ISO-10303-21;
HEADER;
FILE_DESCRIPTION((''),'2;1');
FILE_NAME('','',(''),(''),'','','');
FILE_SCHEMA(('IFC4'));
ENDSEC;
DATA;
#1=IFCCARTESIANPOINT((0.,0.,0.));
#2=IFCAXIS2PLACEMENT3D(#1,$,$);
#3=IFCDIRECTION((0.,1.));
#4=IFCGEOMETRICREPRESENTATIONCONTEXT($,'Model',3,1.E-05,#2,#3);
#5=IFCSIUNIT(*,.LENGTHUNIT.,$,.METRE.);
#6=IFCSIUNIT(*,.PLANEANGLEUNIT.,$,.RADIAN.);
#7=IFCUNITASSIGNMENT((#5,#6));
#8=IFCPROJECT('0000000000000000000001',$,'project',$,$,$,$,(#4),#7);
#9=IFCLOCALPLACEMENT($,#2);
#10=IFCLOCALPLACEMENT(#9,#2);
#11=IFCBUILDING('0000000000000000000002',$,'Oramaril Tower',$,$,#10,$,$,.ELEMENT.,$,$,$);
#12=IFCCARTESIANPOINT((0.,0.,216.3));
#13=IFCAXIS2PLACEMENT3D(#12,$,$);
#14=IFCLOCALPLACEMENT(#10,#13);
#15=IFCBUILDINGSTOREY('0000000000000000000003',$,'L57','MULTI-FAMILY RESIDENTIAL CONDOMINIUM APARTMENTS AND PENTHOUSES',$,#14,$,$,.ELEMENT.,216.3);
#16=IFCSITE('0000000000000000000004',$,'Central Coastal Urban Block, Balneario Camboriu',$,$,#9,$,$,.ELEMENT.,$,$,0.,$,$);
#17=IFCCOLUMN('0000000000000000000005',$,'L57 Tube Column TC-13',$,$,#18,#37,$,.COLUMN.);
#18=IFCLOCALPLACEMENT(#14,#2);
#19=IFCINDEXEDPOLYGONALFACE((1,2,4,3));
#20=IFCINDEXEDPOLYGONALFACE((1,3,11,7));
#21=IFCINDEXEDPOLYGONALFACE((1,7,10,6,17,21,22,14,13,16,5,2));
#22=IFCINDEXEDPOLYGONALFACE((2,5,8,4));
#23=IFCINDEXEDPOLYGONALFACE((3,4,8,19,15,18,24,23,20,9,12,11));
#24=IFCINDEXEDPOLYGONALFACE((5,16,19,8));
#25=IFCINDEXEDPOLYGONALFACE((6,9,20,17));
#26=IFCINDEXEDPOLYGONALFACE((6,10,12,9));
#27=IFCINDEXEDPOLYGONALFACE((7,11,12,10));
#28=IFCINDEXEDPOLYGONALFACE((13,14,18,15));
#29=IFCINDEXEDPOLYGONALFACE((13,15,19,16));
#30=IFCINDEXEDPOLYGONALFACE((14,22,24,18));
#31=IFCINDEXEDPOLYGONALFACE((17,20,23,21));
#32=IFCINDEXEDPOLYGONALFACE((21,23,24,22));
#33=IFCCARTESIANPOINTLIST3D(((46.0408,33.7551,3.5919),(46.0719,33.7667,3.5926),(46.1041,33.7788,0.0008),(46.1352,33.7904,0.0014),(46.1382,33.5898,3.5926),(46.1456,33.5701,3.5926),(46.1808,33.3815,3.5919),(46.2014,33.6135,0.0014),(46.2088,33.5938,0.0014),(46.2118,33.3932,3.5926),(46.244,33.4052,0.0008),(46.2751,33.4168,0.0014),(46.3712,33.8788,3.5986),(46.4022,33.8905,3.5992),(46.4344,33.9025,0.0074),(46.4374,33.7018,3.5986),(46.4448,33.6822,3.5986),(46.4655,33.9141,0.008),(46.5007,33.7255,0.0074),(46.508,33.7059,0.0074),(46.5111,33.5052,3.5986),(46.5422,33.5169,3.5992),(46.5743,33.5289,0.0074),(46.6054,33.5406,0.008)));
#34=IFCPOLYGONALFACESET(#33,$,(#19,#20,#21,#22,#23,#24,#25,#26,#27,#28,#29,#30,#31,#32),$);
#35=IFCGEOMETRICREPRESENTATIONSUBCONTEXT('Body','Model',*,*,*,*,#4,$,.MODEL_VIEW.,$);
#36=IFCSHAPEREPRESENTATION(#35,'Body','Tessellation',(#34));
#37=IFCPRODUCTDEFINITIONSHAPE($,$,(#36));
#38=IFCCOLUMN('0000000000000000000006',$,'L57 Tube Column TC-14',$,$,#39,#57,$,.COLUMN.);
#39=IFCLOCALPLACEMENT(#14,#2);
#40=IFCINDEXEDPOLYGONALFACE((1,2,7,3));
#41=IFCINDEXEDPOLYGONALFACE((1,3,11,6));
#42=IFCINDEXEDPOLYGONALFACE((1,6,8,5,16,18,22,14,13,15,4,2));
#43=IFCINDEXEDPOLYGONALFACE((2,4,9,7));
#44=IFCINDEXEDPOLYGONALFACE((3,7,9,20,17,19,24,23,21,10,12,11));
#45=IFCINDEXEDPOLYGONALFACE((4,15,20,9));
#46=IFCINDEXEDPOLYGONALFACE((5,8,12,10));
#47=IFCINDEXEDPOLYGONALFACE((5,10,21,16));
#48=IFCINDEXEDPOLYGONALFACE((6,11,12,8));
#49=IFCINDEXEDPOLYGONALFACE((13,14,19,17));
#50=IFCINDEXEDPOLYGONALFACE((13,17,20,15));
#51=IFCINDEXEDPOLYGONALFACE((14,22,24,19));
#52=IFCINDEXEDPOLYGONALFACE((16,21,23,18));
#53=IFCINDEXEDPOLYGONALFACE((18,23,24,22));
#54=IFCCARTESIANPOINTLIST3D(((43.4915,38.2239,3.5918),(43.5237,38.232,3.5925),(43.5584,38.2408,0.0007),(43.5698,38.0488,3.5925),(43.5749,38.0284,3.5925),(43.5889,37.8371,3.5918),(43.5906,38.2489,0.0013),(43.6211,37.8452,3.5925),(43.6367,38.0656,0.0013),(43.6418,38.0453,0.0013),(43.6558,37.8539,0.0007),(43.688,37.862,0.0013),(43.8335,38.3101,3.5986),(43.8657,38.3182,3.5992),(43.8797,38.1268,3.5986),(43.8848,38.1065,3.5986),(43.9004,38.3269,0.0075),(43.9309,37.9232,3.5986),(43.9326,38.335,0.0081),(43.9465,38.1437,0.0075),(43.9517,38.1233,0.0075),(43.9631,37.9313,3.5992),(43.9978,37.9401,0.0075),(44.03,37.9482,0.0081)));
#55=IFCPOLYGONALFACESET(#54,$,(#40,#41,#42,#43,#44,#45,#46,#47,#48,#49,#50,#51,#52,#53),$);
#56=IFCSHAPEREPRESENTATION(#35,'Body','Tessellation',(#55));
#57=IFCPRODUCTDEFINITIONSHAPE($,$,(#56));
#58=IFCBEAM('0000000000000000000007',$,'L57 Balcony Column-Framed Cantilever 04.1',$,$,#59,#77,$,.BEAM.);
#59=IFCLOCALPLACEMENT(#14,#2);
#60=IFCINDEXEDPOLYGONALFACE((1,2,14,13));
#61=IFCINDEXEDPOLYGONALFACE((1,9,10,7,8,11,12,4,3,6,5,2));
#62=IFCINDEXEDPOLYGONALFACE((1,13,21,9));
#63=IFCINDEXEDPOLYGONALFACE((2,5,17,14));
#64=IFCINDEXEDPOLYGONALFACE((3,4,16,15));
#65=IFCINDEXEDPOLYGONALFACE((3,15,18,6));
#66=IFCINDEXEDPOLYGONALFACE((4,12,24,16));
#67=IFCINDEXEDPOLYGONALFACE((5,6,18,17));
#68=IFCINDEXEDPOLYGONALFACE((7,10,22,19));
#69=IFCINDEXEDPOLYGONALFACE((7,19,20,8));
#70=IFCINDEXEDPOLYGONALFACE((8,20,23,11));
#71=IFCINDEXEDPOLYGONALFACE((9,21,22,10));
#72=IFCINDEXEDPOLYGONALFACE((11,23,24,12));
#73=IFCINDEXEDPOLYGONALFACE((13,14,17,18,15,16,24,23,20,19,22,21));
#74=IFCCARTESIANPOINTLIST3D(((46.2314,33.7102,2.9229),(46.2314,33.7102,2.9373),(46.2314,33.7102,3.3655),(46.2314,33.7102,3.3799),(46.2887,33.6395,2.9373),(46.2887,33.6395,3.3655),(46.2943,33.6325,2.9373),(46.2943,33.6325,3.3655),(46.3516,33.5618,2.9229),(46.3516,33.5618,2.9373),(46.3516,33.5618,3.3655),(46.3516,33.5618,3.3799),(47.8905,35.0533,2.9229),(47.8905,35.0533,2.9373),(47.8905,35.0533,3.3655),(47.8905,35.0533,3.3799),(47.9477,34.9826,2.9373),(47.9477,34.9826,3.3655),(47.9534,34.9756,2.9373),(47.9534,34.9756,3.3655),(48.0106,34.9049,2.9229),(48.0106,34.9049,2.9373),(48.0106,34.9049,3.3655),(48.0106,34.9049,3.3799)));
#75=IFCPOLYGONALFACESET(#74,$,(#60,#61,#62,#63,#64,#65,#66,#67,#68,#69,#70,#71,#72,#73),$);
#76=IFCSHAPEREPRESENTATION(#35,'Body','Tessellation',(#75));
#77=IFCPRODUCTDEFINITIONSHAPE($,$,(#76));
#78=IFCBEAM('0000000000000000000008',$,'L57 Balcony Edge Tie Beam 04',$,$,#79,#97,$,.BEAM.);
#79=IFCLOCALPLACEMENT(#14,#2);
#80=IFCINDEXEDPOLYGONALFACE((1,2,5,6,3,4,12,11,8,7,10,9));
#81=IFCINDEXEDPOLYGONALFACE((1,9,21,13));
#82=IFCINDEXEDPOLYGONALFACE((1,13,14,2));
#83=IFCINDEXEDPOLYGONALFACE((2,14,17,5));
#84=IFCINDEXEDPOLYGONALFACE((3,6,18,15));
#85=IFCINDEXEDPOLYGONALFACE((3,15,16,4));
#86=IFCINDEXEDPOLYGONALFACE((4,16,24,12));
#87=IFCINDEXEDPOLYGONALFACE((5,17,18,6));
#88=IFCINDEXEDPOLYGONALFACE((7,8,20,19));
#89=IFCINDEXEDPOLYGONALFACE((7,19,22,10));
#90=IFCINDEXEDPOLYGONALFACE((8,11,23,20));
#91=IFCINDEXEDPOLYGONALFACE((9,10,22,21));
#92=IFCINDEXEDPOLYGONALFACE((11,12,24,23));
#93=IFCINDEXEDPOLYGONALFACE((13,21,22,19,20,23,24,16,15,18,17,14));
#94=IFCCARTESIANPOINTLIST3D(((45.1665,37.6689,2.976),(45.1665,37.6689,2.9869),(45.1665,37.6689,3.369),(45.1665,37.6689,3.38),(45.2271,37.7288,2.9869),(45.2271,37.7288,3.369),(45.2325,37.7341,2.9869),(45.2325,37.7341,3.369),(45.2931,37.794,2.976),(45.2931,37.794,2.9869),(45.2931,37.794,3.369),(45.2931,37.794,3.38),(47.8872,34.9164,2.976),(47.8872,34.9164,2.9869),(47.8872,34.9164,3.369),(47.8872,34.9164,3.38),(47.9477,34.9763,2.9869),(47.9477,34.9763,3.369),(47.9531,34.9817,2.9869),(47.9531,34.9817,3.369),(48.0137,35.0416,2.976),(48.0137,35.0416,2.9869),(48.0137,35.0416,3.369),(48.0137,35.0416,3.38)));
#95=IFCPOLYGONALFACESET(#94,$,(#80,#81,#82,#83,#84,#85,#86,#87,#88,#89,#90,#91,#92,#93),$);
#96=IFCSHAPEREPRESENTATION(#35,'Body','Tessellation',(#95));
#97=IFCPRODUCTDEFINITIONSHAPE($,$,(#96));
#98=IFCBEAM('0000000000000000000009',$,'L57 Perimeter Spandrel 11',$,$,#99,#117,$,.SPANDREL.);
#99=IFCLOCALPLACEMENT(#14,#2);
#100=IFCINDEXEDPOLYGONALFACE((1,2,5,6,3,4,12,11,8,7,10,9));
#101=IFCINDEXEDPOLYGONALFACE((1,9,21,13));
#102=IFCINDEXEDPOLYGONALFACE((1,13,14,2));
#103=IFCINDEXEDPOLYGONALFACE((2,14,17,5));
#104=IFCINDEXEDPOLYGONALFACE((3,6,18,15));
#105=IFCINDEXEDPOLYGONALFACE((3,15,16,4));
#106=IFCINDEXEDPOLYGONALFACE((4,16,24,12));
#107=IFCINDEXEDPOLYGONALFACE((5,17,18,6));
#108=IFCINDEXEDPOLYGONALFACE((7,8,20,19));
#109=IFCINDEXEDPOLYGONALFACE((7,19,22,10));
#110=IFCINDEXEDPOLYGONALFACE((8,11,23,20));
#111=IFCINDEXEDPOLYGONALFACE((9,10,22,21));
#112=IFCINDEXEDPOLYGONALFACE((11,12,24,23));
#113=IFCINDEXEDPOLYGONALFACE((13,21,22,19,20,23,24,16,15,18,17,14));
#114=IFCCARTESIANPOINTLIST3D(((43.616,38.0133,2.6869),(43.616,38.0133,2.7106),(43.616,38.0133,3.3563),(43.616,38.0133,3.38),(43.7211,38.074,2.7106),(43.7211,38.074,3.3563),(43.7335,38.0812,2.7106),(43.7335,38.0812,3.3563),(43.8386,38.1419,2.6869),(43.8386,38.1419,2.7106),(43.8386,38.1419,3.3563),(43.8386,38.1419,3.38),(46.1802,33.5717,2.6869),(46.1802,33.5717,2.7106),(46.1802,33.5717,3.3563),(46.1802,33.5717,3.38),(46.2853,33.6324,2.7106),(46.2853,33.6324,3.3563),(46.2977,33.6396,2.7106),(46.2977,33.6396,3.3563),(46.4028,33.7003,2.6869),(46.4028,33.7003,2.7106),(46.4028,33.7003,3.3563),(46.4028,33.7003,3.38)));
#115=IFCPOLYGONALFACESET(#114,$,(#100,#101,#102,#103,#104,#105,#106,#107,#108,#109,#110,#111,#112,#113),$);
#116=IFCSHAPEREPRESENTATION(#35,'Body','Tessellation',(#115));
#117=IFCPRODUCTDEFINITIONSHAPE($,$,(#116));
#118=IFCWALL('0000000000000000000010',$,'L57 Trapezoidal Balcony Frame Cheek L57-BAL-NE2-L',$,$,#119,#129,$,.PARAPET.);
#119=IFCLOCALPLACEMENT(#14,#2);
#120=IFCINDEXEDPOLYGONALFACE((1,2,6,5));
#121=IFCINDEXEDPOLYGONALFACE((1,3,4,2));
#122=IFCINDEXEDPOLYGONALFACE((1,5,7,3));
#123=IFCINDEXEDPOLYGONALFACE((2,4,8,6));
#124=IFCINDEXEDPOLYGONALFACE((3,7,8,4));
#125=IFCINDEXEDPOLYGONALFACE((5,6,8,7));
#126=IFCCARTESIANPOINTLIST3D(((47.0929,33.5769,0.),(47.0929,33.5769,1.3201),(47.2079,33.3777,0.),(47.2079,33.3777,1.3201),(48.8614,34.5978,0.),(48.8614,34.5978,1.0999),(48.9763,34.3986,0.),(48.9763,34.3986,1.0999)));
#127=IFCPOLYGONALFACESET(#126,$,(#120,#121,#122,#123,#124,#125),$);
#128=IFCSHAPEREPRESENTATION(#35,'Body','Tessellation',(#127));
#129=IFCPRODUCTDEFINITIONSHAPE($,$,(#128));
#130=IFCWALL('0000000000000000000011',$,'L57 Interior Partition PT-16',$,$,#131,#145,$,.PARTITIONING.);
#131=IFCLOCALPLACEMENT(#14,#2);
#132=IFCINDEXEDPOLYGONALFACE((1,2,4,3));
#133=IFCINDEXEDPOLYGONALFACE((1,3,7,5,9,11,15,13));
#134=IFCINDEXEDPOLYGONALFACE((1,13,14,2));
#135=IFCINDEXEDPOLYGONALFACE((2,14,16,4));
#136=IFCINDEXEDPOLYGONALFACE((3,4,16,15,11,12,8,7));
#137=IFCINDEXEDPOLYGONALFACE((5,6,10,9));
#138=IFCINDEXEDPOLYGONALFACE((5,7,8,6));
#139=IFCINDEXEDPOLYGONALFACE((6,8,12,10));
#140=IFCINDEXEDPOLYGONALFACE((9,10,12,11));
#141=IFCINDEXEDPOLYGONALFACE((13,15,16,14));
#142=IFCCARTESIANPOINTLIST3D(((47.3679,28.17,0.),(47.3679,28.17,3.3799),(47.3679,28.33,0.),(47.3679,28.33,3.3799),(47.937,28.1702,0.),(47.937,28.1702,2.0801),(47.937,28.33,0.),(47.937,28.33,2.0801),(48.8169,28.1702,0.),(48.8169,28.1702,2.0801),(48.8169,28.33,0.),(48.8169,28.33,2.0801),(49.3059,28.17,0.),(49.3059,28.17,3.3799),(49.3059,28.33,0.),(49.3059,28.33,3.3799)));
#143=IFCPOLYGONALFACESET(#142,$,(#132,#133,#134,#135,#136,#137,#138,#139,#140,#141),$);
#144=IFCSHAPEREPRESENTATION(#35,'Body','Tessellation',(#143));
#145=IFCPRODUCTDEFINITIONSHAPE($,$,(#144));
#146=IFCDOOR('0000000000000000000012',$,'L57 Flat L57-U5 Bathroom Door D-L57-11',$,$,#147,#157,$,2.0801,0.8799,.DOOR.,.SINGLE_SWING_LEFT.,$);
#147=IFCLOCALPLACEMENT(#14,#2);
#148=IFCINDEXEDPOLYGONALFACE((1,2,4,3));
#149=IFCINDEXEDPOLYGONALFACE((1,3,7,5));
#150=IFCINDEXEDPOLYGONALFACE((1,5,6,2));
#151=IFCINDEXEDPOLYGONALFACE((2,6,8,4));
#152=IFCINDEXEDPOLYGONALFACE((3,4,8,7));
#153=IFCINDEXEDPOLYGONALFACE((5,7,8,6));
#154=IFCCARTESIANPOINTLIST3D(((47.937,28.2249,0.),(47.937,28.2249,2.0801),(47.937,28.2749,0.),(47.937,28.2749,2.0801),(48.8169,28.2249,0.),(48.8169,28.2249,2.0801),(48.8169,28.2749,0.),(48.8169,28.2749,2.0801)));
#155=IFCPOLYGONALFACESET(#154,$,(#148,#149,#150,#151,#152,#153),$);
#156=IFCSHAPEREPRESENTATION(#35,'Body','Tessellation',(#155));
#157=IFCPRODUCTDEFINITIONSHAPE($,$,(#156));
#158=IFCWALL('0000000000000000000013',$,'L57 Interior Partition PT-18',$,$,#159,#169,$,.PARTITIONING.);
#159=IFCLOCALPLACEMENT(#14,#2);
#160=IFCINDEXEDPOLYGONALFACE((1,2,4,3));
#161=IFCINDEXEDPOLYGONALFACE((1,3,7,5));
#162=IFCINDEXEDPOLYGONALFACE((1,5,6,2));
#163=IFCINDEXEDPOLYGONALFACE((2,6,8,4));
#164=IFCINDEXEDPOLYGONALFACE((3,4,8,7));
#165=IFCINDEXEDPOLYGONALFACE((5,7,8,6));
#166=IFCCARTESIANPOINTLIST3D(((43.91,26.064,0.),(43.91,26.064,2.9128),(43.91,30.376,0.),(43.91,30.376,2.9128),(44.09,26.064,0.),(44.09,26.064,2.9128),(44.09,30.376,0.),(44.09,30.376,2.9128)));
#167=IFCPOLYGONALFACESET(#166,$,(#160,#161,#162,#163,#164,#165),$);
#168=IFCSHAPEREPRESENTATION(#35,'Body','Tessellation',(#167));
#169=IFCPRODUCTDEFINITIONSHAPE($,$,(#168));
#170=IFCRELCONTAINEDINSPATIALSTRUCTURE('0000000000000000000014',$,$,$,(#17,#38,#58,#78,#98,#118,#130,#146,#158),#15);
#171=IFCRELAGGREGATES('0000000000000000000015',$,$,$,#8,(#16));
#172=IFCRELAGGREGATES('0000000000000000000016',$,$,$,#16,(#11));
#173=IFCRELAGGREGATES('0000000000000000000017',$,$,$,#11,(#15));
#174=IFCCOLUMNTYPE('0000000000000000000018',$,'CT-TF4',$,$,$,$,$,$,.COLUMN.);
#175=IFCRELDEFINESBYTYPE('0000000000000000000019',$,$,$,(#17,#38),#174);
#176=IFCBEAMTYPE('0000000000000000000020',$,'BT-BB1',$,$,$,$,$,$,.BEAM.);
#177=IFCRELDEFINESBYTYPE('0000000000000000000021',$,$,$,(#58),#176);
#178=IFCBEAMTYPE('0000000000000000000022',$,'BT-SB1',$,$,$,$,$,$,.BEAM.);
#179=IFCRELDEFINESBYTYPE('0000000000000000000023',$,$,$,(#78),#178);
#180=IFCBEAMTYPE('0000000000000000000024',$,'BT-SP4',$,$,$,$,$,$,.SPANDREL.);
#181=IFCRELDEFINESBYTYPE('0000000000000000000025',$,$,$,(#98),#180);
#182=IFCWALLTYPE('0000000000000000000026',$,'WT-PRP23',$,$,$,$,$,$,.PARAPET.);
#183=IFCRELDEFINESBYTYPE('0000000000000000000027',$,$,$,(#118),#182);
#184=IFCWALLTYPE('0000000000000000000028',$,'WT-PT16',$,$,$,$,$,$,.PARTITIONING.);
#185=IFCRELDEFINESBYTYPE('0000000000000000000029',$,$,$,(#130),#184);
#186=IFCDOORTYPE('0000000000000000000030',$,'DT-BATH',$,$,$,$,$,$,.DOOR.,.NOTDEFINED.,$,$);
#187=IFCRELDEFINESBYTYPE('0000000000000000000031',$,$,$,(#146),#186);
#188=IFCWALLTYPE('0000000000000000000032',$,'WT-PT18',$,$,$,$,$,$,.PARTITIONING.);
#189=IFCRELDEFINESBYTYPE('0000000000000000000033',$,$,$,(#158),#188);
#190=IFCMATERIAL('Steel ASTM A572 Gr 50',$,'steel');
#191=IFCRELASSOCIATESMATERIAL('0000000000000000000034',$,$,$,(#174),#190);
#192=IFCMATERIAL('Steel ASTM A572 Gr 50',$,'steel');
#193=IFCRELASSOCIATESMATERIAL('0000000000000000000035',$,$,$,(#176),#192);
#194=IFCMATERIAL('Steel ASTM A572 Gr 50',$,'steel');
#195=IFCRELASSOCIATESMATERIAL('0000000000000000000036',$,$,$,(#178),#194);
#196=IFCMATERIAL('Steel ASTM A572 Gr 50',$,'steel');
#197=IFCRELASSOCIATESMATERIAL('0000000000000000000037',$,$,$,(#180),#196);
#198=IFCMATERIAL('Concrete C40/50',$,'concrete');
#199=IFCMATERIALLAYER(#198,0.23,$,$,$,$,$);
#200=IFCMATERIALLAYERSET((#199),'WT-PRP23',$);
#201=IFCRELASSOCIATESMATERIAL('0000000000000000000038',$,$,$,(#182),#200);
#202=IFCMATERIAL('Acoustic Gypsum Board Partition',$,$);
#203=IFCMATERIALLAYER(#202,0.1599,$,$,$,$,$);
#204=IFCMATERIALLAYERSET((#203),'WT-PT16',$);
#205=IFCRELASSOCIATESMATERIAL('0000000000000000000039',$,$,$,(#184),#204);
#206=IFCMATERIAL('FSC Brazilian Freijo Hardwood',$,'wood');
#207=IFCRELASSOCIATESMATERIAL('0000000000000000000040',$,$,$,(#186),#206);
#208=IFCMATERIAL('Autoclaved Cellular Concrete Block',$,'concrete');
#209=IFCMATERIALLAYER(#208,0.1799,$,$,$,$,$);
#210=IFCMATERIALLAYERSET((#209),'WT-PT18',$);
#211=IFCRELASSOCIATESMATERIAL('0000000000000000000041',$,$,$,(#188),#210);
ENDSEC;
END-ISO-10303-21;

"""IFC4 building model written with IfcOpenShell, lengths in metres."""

from ifc_helpers import new_model, si_unit, direction, frame, frame_2d, origin, origin_2d, place, context, subcontext, project, spatial, polyline, rectangle, i_section, outline, extrude, material, layer, layer_set, material_profile, profile_set, type_object, element, fill, save


model = new_model("IFC4")

# Units and contexts
model_context = context("Model", 3, precision=1e-05, world=origin(), true_north=direction((0.0, 1.0)))
body_context = subcontext(model_context, "Body", "Model", "MODEL_VIEW")
ifc_project = project(units=[si_unit("LENGTHUNIT", "METRE"), si_unit("PLANEANGLEUNIT", "RADIAN")], contexts=[model_context])

# Site, building, storey
site_placement = place(None, origin())
site = spatial("IfcSite", under=ifc_project, at=site_placement, Name="Central Coastal Urban Block, Balneario Camboriu", CompositionType="ELEMENT", RefElevation=0.0)
building_placement = place(site_placement, origin())
building = spatial("IfcBuilding", under=site, at=building_placement, Name="Oramaril Tower", CompositionType="ELEMENT")
storey_placement = place(building_placement, frame((0.0, 0.0, 216.3)))
storey = spatial("IfcBuildingStorey", under=building, at=storey_placement, Name="L57", Description="MULTI-FAMILY RESIDENTIAL CONDOMINIUM APARTMENTS AND PENTHOUSES", CompositionType="ELEMENT", Elevation=216.3)

# Columns
ifc_material_1 = material(Name="Steel ASTM A572 Gr 50", Category="steel")
ifc_material_profile_1 = material_profile(ifc_material_1, i_section(OverallWidth=0.3989, OverallDepth=0.386, WebThickness=0.021, FlangeThickness=0.0332, at=origin_2d()), Name="W14X176")
ifc_profile_set_1 = profile_set([ifc_material_profile_1], Name="Steel ASTM A572 Gr 50")
column_type = type_object("IfcColumnType", Name="CT-TF4", PredefinedType="COLUMN", material=ifc_profile_set_1)
for number, where, z_axis, x_axis, name in (
    (1, (46.3547, 33.6597, 0.0044), (-0.017605, -0.006593, 0.999823), (0.350727, -0.936478, 0.0), "L57 Tube Column TC-13"),
    (2, (43.7942, 38.0945, 0.0044), (-0.018625, -0.00469, 0.999816), (0.244201, -0.969725, 0.0), "L57 Tube Column TC-14"),
):
    element("IfcColumn", number, at=place(storey_placement, frame(where, z_axis=z_axis, x_axis=x_axis)), inside=storey, type_object=column_type, Name=name, PredefinedType="COLUMN", context=body_context, shape_type="SweptSolid", body=[
        extrude(i_section(OverallWidth=0.3989, OverallDepth=0.386, WebThickness=0.021, FlangeThickness=0.0332, at=origin_2d()), origin(), (0.0, 0.0, 1.0), 3.5918),
    ])

# Beams
ifc_material_2 = material(Name="Steel ASTM A572 Gr 50", Category="steel")
ifc_material_profile_2 = material_profile(ifc_material_2, i_section(OverallWidth=0.1909, OverallDepth=0.457, WebThickness=0.009, FlangeThickness=0.0144, at=origin_2d()), Name="W18X50")
ifc_profile_set_2 = profile_set([ifc_material_profile_2], Name="Steel ASTM A572 Gr 50")
beam_type_1 = type_object("IfcBeamType", Name="BT-BB1", PredefinedType="BEAM", material=ifc_profile_set_2)
beam_1_placement = place(storey_placement, frame((46.2915, 33.636, 3.1514), z_axis=(0.777229, 0.629218, 0.0), x_axis=(-0.629218, 0.777229, 0.0)))
element("IfcBeam", 3, at=beam_1_placement, inside=storey, type_object=beam_type_1, Name="L57 Balcony Column-Framed Cantilever 04.1", PredefinedType="BEAM", context=body_context, shape_type="SweptSolid", body=[
    extrude(i_section(OverallWidth=0.1909, OverallDepth=0.457, WebThickness=0.009, FlangeThickness=0.0144, at=origin_2d()), origin(), (0.0, 0.0, 1.0), 2.1345),
])
ifc_material_3 = material(Name="Steel ASTM A572 Gr 50", Category="steel")
ifc_material_profile_3 = material_profile(ifc_material_3, i_section(OverallWidth=0.178, OverallDepth=0.4041, WebThickness=0.0076, FlangeThickness=0.011, at=origin_2d()), Name="W16X36")
ifc_profile_set_3 = profile_set([ifc_material_profile_3], Name="Steel ASTM A572 Gr 50")
beam_type_2 = type_object("IfcBeamType", Name="BT-SB1", PredefinedType="BEAM", material=ifc_profile_set_3)
beam_2_placement = place(storey_placement, frame((47.9504, 34.979, 3.178), z_axis=(-0.702995, 0.711195, 0.0), x_axis=(-0.711195, -0.702995, 0.0)))
element("IfcBeam", 4, at=beam_2_placement, inside=storey, type_object=beam_type_2, Name="L57 Balcony Edge Tie Beam 04", PredefinedType="BEAM", context=body_context, shape_type="SweptSolid", body=[
    extrude(i_section(OverallWidth=0.178, OverallDepth=0.4041, WebThickness=0.0076, FlangeThickness=0.011, at=origin_2d()), origin(), (0.0, 0.0, 1.0), 3.8701),
])
ifc_material_4 = material(Name="Steel ASTM A572 Gr 50", Category="steel")
ifc_material_profile_4 = material_profile(ifc_material_4, i_section(OverallWidth=0.2571, OverallDepth=0.6931, WebThickness=0.0144, FlangeThickness=0.0237, at=origin_2d()), Name="W27X114")
ifc_profile_set_4 = profile_set([ifc_material_profile_4], Name="Steel ASTM A572 Gr 50")
beam_type_3 = type_object("IfcBeamType", Name="BT-SP4", PredefinedType="SPANDREL", material=ifc_profile_set_4)
beam_3_placement = place(storey_placement, frame((46.2915, 33.636, 3.0334), z_axis=(-0.499974, 0.866041, 0.0), x_axis=(-0.866041, -0.499974, 0.0)))
element("IfcBeam", 5, at=beam_3_placement, inside=storey, type_object=beam_type_3, Name="L57 Perimeter Spandrel 11", PredefinedType="SPANDREL", context=body_context, shape_type="SweptSolid", body=[
    extrude(i_section(OverallWidth=0.2571, OverallDepth=0.6931, WebThickness=0.0144, FlangeThickness=0.0237, at=origin_2d()), origin(), (0.0, 0.0, 1.0), 5.1287),
])

# Wall
ifc_material_5 = material(Name="Concrete C40/50", Category="concrete")
ifc_layer_1 = layer(ifc_material_5, 0.23)
ifc_layer_set_1 = layer_set([ifc_layer_1], Name="WT-PRP23")
wall_type_1 = type_object("IfcWallType", Name="WT-PRP23", PredefinedType="PARAPET", material=ifc_layer_set_1)
wall_1_placement = place(storey_placement, frame((47.1504, 33.4773, 0.0), z_axis=(0.0, 0.0, 1.0), x_axis=(0.866042, 0.499971, 0.0)))
element("IfcWall", 6, at=wall_1_placement, inside=storey, type_object=wall_type_1, Name="L57 Trapezoidal Balcony Frame Cheek L57-BAL-NE2-L", PredefinedType="PARAPET", context=body_context, shape_type="SweptSolid", body=[
    extrude(outline(polyline([(0.0, 0.0), (2.042, 0.0), (2.042, 1.0999), (0.0, 1.3201), (0.0, 0.0)])), frame((0.0, 0.115, 0.0), z_axis=(0.0, -1.0, 0.0), x_axis=(1.0, 0.0, 0.0)), (0.0, 0.0, 1.0), 0.23),
])

# Wall, opening, door
ifc_material_6 = material(Name="Acoustic Gypsum Board Partition")
ifc_layer_2 = layer(ifc_material_6, 0.1599)
ifc_layer_set_2 = layer_set([ifc_layer_2], Name="WT-PT16")
wall_type_2 = type_object("IfcWallType", Name="WT-PT16", PredefinedType="PARTITIONING", material=ifc_layer_set_2)
wall_2_placement = place(storey_placement, frame((47.3679, 28.25, 0.0), z_axis=(0.0, 0.0, 1.0), x_axis=(1.0, 0.0, 0.0)))
wall_2 = element("IfcWall", 7, at=wall_2_placement, inside=storey, type_object=wall_type_2, Name="L57 Interior Partition PT-16", PredefinedType="PARTITIONING", context=body_context, shape_type="SweptSolid", body=[
    extrude(rectangle(XDim=1.938, YDim=0.1599, at=frame_2d((0.969, 0.0))), origin(), (0.0, 0.0, 1.0), 3.3799),
])
opening_placement = place(wall_2_placement, frame((0.5691, 0.0, 0.0)))
opening = element("IfcOpeningElement", 8, at=opening_placement, cuts=wall_2, PredefinedType="OPENING", context=body_context, shape_type="SweptSolid", body=[
    extrude(rectangle(XDim=0.8799, YDim=2.0801, at=frame_2d((0.4399, 1.04))), frame((0.0, 0.0801, 0.0), z_axis=(0.0, -1.0, 0.0), x_axis=(1.0, 0.0, 0.0)), (0.0, 0.0, 1.0), 0.1599),
])
ifc_material_7 = material(Name="FSC Brazilian Freijo Hardwood", Category="wood")
door_type = type_object("IfcDoorType", Name="DT-BATH", OperationType="NOTDEFINED", PredefinedType="DOOR", material=ifc_material_7)
door_placement = place(opening_placement, origin())
door = element("IfcDoor", 9, at=door_placement, inside=storey, type_object=door_type, Name="L57 Flat L57-U5 Bathroom Door D-L57-11", OperationType="SINGLE_SWING_LEFT", OverallHeight=2.0801, OverallWidth=0.8799, PredefinedType="DOOR", context=body_context, shape_type="SweptSolid", body=[
    extrude(rectangle(XDim=0.8799, YDim=2.0801, at=frame_2d((0.4399, 1.04))), frame((0.0, 0.0249, 0.0), z_axis=(0.0, -1.0, 0.0), x_axis=(1.0, 0.0, 0.0)), (0.0, 0.0, 1.0), 0.05),
])
fill(opening, door)

# Wall
ifc_material_8 = material(Name="Autoclaved Cellular Concrete Block", Category="concrete")
ifc_layer_3 = layer(ifc_material_8, 0.1799)
ifc_layer_set_3 = layer_set([ifc_layer_3], Name="WT-PT18")
wall_type_3 = type_object("IfcWallType", Name="WT-PT18", PredefinedType="PARTITIONING", material=ifc_layer_set_3)
wall_3_placement = place(storey_placement, frame((44.0, 26.064, 0.0), z_axis=(0.0, 0.0, 1.0), x_axis=(0.0, 1.0, 0.0)))
element("IfcWall", 10, at=wall_3_placement, inside=storey, type_object=wall_type_3, Name="L57 Interior Partition PT-18", PredefinedType="PARTITIONING", context=body_context, shape_type="SweptSolid", body=[
    extrude(rectangle(XDim=4.312, YDim=0.1799, at=frame_2d((2.156, 0.0))), origin(), (0.0, 0.0, 1.0), 2.9128),
])

save(model, "model.ifc")
